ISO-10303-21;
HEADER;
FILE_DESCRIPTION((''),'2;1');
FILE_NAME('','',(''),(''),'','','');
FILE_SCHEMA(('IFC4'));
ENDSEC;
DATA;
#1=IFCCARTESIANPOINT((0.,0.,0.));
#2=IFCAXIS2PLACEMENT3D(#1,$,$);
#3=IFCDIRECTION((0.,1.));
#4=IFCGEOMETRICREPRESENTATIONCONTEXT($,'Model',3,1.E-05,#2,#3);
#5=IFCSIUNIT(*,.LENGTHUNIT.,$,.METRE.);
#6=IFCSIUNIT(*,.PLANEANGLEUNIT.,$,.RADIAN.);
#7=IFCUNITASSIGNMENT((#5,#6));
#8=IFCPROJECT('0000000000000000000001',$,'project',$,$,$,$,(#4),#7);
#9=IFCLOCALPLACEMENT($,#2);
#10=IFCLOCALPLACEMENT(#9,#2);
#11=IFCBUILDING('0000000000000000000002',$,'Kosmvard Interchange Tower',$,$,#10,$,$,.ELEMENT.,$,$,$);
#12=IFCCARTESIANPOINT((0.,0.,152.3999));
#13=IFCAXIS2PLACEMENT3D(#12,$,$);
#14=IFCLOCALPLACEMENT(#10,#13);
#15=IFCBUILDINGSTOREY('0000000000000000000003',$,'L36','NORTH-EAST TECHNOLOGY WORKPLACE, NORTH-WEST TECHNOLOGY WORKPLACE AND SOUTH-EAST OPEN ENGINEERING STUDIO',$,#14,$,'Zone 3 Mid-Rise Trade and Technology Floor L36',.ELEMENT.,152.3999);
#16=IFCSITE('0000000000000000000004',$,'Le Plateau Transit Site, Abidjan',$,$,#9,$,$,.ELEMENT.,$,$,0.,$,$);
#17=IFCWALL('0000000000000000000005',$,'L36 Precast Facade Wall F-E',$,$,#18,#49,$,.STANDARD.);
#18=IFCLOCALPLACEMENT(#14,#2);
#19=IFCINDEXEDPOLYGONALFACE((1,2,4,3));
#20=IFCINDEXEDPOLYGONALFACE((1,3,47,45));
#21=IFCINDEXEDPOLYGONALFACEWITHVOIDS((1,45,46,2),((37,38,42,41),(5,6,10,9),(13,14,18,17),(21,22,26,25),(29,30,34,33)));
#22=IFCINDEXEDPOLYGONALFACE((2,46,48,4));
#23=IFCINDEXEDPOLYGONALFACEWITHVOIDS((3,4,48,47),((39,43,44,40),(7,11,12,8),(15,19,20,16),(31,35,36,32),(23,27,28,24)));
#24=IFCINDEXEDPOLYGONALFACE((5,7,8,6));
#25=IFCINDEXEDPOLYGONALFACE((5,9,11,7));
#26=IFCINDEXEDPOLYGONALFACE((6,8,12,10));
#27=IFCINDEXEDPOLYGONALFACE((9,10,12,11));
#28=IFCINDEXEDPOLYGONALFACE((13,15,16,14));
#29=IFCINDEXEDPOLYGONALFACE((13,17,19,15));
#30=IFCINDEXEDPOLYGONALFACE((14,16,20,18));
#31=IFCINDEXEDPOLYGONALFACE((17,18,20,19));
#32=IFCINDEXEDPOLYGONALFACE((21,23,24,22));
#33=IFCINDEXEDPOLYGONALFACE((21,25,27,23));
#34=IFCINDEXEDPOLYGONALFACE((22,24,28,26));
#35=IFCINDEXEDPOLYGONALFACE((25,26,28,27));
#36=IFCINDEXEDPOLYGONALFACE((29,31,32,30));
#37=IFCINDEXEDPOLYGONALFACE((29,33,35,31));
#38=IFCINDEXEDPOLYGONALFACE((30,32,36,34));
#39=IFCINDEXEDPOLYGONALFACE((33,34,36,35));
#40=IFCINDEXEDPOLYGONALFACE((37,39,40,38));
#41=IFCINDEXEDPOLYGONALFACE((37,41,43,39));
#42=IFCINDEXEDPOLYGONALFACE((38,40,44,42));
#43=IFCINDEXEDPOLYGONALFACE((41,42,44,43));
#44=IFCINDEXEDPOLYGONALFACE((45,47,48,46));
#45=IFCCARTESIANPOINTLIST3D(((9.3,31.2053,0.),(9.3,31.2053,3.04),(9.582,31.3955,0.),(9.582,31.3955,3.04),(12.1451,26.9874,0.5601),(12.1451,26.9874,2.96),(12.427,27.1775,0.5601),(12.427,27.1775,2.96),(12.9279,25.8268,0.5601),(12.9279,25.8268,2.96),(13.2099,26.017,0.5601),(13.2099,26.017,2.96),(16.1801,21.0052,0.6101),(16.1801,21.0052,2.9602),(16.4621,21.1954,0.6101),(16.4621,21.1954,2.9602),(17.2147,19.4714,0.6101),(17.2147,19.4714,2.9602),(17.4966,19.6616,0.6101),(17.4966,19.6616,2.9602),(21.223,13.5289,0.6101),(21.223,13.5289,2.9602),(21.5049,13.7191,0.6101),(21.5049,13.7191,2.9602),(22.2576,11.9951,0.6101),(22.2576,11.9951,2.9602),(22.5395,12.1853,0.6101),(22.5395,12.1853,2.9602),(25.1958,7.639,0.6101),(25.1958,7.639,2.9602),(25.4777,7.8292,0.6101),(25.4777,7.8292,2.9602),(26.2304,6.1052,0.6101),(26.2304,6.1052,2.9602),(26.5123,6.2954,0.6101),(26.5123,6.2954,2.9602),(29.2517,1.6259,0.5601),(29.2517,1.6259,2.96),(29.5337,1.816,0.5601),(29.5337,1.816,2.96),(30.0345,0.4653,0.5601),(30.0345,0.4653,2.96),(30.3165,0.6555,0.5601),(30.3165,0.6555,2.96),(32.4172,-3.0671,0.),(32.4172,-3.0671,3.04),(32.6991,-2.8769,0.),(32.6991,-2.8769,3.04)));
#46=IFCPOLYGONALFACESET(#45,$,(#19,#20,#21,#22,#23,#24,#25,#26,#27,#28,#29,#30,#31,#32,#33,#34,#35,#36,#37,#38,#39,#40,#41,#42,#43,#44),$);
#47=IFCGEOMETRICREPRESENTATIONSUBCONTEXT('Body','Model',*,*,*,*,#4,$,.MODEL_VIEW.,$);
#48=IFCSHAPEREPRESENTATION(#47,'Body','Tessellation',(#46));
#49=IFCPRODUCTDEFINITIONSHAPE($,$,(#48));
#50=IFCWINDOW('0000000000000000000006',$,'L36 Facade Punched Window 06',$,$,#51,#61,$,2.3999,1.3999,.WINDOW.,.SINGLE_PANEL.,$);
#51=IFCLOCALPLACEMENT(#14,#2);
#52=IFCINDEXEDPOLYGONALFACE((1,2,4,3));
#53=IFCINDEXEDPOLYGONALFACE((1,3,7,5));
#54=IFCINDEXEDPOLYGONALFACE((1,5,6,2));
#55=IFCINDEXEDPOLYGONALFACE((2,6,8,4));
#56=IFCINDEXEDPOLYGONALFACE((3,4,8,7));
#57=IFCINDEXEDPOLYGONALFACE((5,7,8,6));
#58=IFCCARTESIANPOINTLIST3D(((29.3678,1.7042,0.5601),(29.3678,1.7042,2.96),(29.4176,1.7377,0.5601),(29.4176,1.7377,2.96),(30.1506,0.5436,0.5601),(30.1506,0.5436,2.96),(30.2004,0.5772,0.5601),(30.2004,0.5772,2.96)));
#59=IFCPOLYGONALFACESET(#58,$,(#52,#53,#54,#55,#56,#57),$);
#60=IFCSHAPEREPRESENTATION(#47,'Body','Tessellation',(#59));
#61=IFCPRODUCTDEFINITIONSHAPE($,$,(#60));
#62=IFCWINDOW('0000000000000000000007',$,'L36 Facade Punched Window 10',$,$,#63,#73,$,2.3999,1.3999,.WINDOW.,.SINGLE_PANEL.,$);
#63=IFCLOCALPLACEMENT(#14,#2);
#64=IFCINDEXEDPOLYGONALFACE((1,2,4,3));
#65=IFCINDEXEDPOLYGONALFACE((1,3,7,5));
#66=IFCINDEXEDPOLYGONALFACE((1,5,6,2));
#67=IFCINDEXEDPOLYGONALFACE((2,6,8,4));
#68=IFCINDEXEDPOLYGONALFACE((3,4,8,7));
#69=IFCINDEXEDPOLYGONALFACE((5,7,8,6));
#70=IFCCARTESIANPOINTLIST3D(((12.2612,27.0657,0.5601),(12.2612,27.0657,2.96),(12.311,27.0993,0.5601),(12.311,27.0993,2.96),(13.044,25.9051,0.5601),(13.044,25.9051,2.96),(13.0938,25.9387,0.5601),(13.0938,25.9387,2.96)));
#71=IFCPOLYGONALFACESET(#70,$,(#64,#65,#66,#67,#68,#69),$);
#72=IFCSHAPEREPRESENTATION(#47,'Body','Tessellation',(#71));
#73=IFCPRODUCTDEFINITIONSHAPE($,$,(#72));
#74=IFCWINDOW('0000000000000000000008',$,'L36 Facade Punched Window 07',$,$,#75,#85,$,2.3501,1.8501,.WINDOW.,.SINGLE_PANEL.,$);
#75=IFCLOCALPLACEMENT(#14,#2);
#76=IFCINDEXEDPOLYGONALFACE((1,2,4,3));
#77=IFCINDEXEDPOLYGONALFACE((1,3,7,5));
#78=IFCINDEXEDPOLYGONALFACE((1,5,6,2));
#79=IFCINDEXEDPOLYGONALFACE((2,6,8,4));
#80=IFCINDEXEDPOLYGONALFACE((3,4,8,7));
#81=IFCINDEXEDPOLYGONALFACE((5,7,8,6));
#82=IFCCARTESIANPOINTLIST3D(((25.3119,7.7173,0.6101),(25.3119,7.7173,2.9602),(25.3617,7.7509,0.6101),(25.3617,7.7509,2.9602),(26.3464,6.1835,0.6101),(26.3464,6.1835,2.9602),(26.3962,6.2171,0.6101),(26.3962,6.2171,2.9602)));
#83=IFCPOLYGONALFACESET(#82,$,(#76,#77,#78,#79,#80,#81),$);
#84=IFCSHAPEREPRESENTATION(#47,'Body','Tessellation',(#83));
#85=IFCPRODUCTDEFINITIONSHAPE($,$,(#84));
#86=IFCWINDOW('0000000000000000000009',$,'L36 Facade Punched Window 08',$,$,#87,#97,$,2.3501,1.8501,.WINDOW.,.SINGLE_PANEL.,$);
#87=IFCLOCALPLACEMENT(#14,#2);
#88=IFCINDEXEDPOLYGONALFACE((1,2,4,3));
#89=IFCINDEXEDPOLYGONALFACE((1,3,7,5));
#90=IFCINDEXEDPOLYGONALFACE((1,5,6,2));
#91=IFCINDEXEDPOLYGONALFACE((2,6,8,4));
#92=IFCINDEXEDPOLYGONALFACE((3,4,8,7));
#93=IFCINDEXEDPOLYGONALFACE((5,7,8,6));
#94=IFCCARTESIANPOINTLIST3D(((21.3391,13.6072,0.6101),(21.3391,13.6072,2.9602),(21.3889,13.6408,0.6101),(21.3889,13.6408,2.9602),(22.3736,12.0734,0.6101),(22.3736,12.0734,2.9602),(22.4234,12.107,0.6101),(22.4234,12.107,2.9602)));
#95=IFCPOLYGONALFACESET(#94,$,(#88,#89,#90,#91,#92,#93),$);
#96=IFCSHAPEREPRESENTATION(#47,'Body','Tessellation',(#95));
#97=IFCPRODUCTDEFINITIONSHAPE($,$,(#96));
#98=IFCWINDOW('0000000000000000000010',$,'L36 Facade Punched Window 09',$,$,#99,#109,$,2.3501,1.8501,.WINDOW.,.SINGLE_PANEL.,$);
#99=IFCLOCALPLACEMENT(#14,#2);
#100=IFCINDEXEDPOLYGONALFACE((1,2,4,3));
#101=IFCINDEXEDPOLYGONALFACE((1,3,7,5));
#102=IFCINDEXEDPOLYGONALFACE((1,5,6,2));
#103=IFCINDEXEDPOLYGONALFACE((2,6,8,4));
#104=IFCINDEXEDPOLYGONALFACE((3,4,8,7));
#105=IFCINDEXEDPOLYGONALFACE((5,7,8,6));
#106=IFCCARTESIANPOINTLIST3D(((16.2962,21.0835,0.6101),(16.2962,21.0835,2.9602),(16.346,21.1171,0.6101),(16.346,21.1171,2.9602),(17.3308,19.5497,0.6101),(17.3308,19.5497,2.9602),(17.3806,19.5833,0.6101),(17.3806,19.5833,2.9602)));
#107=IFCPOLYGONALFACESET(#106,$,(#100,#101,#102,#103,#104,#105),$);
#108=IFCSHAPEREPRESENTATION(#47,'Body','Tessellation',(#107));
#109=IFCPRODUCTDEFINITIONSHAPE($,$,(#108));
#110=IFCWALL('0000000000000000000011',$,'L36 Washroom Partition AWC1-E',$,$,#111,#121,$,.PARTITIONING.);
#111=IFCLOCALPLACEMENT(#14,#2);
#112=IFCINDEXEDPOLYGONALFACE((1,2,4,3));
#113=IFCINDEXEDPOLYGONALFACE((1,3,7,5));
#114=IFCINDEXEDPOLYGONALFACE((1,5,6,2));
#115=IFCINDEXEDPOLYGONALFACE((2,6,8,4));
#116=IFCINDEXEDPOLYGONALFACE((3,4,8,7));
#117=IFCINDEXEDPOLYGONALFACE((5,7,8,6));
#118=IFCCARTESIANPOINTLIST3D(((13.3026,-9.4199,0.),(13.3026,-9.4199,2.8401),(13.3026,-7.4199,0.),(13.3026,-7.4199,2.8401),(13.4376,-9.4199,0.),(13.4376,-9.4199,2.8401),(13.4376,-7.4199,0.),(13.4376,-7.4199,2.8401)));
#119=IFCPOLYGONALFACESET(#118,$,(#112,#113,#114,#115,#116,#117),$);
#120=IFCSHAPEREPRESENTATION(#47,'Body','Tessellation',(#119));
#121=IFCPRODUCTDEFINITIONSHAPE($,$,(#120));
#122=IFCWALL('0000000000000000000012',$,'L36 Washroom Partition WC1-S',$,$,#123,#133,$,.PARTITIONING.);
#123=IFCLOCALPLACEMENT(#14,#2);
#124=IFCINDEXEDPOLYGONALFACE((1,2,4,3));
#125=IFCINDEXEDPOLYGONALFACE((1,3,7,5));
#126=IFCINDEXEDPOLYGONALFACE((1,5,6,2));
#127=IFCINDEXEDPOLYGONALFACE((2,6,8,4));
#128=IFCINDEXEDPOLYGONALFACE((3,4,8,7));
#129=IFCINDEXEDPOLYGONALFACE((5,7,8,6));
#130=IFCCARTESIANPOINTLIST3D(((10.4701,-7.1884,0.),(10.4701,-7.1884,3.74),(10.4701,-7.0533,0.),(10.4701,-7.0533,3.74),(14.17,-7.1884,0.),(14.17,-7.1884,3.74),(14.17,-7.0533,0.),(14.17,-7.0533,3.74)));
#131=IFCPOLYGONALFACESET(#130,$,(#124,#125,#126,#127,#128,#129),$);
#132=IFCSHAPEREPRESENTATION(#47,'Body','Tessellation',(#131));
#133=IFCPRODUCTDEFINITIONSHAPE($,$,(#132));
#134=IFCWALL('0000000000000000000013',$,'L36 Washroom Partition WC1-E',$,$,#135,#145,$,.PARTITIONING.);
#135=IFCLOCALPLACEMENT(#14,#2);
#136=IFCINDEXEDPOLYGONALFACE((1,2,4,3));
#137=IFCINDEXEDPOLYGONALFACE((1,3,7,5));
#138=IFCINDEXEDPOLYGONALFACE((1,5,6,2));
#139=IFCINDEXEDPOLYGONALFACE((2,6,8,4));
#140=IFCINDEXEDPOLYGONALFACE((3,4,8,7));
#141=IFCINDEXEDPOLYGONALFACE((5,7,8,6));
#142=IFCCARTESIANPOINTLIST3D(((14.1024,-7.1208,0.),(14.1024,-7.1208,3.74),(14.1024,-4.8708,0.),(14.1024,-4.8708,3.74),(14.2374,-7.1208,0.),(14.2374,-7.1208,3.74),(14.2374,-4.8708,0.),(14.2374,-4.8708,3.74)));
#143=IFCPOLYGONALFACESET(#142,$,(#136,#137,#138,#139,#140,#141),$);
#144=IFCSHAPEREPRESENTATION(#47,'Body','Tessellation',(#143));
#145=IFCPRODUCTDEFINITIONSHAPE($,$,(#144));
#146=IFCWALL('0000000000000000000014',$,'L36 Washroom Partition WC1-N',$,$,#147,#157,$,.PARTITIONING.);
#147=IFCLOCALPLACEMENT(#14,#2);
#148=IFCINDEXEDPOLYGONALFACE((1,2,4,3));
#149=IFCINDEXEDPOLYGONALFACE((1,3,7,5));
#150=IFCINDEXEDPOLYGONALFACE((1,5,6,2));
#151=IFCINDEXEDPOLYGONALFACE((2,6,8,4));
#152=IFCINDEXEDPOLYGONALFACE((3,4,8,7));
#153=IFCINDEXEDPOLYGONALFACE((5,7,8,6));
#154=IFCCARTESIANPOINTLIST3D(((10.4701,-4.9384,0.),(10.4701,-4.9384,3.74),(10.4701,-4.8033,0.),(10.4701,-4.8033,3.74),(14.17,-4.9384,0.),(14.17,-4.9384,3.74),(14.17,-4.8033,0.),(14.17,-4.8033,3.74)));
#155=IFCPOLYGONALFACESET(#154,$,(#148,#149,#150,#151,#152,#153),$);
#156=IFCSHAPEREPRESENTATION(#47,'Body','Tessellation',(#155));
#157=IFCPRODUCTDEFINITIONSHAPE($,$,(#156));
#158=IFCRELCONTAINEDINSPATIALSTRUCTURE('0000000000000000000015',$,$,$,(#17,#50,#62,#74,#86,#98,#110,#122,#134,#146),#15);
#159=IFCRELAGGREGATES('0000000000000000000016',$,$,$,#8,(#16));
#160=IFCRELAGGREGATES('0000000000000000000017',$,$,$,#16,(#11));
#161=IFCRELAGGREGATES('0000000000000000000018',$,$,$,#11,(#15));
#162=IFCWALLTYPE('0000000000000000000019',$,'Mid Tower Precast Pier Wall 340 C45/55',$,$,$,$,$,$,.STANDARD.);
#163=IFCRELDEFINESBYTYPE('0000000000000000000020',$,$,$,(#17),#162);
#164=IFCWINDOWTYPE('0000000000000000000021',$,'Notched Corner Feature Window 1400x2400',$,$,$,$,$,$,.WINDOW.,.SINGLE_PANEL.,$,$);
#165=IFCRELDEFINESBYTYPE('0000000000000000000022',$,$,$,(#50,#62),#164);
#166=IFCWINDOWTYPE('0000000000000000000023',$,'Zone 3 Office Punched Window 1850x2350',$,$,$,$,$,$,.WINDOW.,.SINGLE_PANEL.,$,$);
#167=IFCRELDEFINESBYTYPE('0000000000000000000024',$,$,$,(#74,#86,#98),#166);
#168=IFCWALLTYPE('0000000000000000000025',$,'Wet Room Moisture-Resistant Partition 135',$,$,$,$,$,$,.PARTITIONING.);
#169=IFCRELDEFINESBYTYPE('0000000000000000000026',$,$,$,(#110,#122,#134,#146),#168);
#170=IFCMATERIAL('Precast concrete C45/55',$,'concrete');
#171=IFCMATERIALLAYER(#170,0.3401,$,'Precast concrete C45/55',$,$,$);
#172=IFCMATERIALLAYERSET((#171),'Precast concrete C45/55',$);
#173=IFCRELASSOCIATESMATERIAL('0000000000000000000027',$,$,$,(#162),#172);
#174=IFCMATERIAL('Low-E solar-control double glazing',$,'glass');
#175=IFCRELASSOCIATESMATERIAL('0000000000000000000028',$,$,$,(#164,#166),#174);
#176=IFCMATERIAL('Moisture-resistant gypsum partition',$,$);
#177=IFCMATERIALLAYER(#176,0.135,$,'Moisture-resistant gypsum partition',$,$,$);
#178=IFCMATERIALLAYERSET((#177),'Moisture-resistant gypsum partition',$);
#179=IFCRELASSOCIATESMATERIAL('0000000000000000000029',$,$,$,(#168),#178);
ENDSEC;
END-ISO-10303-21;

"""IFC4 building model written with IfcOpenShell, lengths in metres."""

from ifc_helpers import new_model, si_unit, direction, frame, frame_2d, origin, place, context, subcontext, project, spatial, rectangle, extrude, source, transform, mapped, material, layer, layer_set, type_object, element, fill, save


model = new_model("IFC4")

# Units and contexts
model_context = context("Model", 3, precision=1e-05, world=origin(), true_north=direction((0.0, 1.0)))
body_context = subcontext(model_context, "Body", "Model", "MODEL_VIEW")
ifc_project = project(units=[si_unit("LENGTHUNIT", "METRE"), si_unit("PLANEANGLEUNIT", "RADIAN")], contexts=[model_context])

# Site, building, storey
site_placement = place(None, origin())
site = spatial("IfcSite", under=ifc_project, at=site_placement, Name="Le Plateau Transit Site, Abidjan", CompositionType="ELEMENT", RefElevation=0.0)
building_placement = place(site_placement, origin())
building = spatial("IfcBuilding", under=site, at=building_placement, Name="Kosmvard Interchange Tower", CompositionType="ELEMENT")
storey_placement = place(building_placement, frame((0.0, 0.0, 152.3999)))
storey = spatial("IfcBuildingStorey", under=building, at=storey_placement, Name="L36", Description="NORTH-EAST TECHNOLOGY WORKPLACE, NORTH-WEST TECHNOLOGY WORKPLACE AND SOUTH-EAST OPEN ENGINEERING STUDIO", LongName="Zone 3 Mid-Rise Trade and Technology Floor L36", CompositionType="ELEMENT", Elevation=152.3999)

# Shared definitions
ifc_material_1 = material(Name="Precast concrete C45/55", Category="concrete")

# Shared definitions
ifc_layer_1 = layer(ifc_material_1, 0.3401, Name="Precast concrete C45/55")
ifc_layer_set_1 = layer_set([ifc_layer_1], Name="Precast concrete C45/55")
wall_type_1 = type_object("IfcWallType", Name="Mid Tower Precast Pier Wall 340 C45/55", PredefinedType="STANDARD", material=ifc_layer_set_1)

# Shared definitions
ifc_material_2 = material(Name="Low-E solar-control double glazing", Category="glass")
window_type_1 = type_object("IfcWindowType", Name="Notched Corner Feature Window 1400x2400", PartitioningType="SINGLE_PANEL", PredefinedType="WINDOW", material=ifc_material_2)
shared_shape_1 = source(origin(), body_context, "Body", "SweptSolid", [
    extrude(rectangle(XDim=1.3999, YDim=2.3999, at=frame_2d((0.7, 1.2))), frame((0.0, 0.03, 0.0), z_axis=(0.0, -1.0, 0.0), x_axis=(1.0, 0.0, 0.0)), (0.0, 0.0, 1.0), 0.0601),
])

# Wall, openings, windows
wall_1_placement = place(storey_placement, frame((32.5581, -2.9719, 0.0), z_axis=(0.0, 0.0, 1.0), x_axis=(-0.559195, 0.829036, 0.0)))
wall_1 = element("IfcWall", 1, at=wall_1_placement, inside=storey, type_object=wall_type_1, Name="L36 Precast Facade Wall F-E", PredefinedType="STANDARD", context=body_context, shape_type="SweptSolid", body=[
    extrude(rectangle(XDim=41.3401, YDim=0.3401, at=frame_2d((20.6699, 0.0))), origin(), (0.0, 0.0, 1.0), 3.04),
])
opening_1_placement = place(wall_1_placement, frame((4.2607, 0.0, 0.5601)))
opening_1 = element("IfcOpeningElement", 2, at=opening_1_placement, cuts=wall_1, PredefinedType="OPENING", context=body_context, shape_type="SweptSolid", body=[
    extrude(rectangle(XDim=1.3999, YDim=2.3999, at=frame_2d((0.7, 1.2))), frame((0.0, 0.1802, 0.0), z_axis=(0.0, -1.0, 0.0), x_axis=(1.0, 0.0, 0.0)), (0.0, 0.0, 1.0), 0.3601),
])
opening_2_placement = place(wall_1_placement, frame((11.0637, 0.0, 0.6101)))
opening_2 = element("IfcOpeningElement", 3, at=opening_2_placement, cuts=wall_1, PredefinedType="OPENING", context=body_context, shape_type="SweptSolid", body=[
    extrude(rectangle(XDim=1.8501, YDim=2.3501, at=frame_2d((0.925, 1.175))), frame((0.0, 0.1802, 0.0), z_axis=(0.0, -1.0, 0.0), x_axis=(1.0, 0.0, 0.0)), (0.0, 0.0, 1.0), 0.3601),
])
opening_3_placement = place(wall_1_placement, frame((18.1682, 0.0, 0.6101)))
opening_3 = element("IfcOpeningElement", 4, at=opening_3_placement, cuts=wall_1, PredefinedType="OPENING", context=body_context, shape_type="SweptSolid", body=[
    extrude(rectangle(XDim=1.8501, YDim=2.3501, at=frame_2d((0.925, 1.175))), frame((0.0, 0.1802, 0.0), z_axis=(0.0, -1.0, 0.0), x_axis=(1.0, 0.0, 0.0)), (0.0, 0.0, 1.0), 0.3601),
])
opening_4_placement = place(wall_1_placement, frame((27.1863, 0.0, 0.6101)))
opening_4 = element("IfcOpeningElement", 5, at=opening_4_placement, cuts=wall_1, PredefinedType="OPENING", context=body_context, shape_type="SweptSolid", body=[
    extrude(rectangle(XDim=1.8501, YDim=2.3501, at=frame_2d((0.925, 1.175))), frame((0.0, 0.1802, 0.0), z_axis=(0.0, -1.0, 0.0), x_axis=(1.0, 0.0, 0.0)), (0.0, 0.0, 1.0), 0.3601),
])
opening_5_placement = place(wall_1_placement, frame((34.8523, 0.0, 0.5601)))
opening_5 = element("IfcOpeningElement", 6, at=opening_5_placement, cuts=wall_1, PredefinedType="OPENING", context=body_context, shape_type="SweptSolid", body=[
    extrude(rectangle(XDim=1.3999, YDim=2.3999, at=frame_2d((0.7, 1.2))), frame((0.0, 0.1802, 0.0), z_axis=(0.0, -1.0, 0.0), x_axis=(1.0, 0.0, 0.0)), (0.0, 0.0, 1.0), 0.3601),
])
window_1_placement = place(opening_1_placement, origin())
window_1 = element("IfcWindow", 7, at=window_1_placement, inside=storey, type_object=window_type_1, Name="L36 Facade Punched Window 06", OverallHeight=2.3999, OverallWidth=1.3999, PartitioningType="SINGLE_PANEL", PredefinedType="WINDOW", context=body_context, shape_type="MappedRepresentation", body=[
    mapped(shared_shape_1, transform((0.0, 0.0, 0.0), scale=1.0)),
])
fill(opening_1, window_1)
window_2_placement = place(opening_5_placement, origin())
window_2 = element("IfcWindow", 8, at=window_2_placement, inside=storey, type_object=window_type_1, Name="L36 Facade Punched Window 10", OverallHeight=2.3999, OverallWidth=1.3999, PartitioningType="SINGLE_PANEL", PredefinedType="WINDOW", context=body_context, shape_type="MappedRepresentation", body=[
    mapped(shared_shape_1, transform((0.0, 0.0, 0.0), scale=1.0)),
])
fill(opening_5, window_2)
window_type_2 = type_object("IfcWindowType", Name="Zone 3 Office Punched Window 1850x2350", PartitioningType="SINGLE_PANEL", PredefinedType="WINDOW", material=ifc_material_2)
shared_shape_2 = source(origin(), body_context, "Body", "SweptSolid", [
    extrude(rectangle(XDim=1.8501, YDim=2.3501, at=frame_2d((0.925, 1.175))), frame((0.0, 0.03, 0.0), z_axis=(0.0, -1.0, 0.0), x_axis=(1.0, 0.0, 0.0)), (0.0, 0.0, 1.0), 0.0601),
])
window_3_placement = place(opening_2_placement, origin())
window_3 = element("IfcWindow", 9, at=window_3_placement, inside=storey, type_object=window_type_2, Name="L36 Facade Punched Window 07", OverallHeight=2.3501, OverallWidth=1.8501, PartitioningType="SINGLE_PANEL", PredefinedType="WINDOW", context=body_context, shape_type="MappedRepresentation", body=[
    mapped(shared_shape_2, transform((0.0, 0.0, 0.0), scale=1.0)),
])
fill(opening_2, window_3)
window_4_placement = place(opening_3_placement, origin())
window_4 = element("IfcWindow", 10, at=window_4_placement, inside=storey, type_object=window_type_2, Name="L36 Facade Punched Window 08", OverallHeight=2.3501, OverallWidth=1.8501, PartitioningType="SINGLE_PANEL", PredefinedType="WINDOW", context=body_context, shape_type="MappedRepresentation", body=[
    mapped(shared_shape_2, transform((0.0, 0.0, 0.0), scale=1.0)),
])
fill(opening_3, window_4)
window_5_placement = place(opening_4_placement, origin())
window_5 = element("IfcWindow", 11, at=window_5_placement, inside=storey, type_object=window_type_2, Name="L36 Facade Punched Window 09", OverallHeight=2.3501, OverallWidth=1.8501, PartitioningType="SINGLE_PANEL", PredefinedType="WINDOW", context=body_context, shape_type="MappedRepresentation", body=[
    mapped(shared_shape_2, transform((0.0, 0.0, 0.0), scale=1.0)),
])
fill(opening_4, window_5)

# Walls
ifc_material_3 = material(Name="Moisture-resistant gypsum partition")
ifc_layer_2 = layer(ifc_material_3, 0.135, Name="Moisture-resistant gypsum partition")
ifc_layer_set_2 = layer_set([ifc_layer_2], Name="Moisture-resistant gypsum partition")
wall_type_2 = type_object("IfcWallType", Name="Wet Room Moisture-Resistant Partition 135", PredefinedType="PARTITIONING", material=ifc_layer_set_2)
wall_2_placement = place(storey_placement, frame((13.3701, -9.4199, 0.0), z_axis=(0.0, 0.0, 1.0), x_axis=(0.0, 1.0, 0.0)))
element("IfcWall", 12, at=wall_2_placement, inside=storey, type_object=wall_type_2, Name="L36 Washroom Partition AWC1-E", PredefinedType="PARTITIONING", context=body_context, shape_type="SweptSolid", body=[
    extrude(rectangle(XDim=2.0, YDim=0.135, at=frame_2d((1.0, 0.0))), origin(), (0.0, 0.0, 1.0), 2.8401),
])
wall_3_placement = place(storey_placement, frame((10.47, -7.1208, 0.0), z_axis=(0.0, 0.0, 1.0), x_axis=(1.0, 0.0, 0.0)))
element("IfcWall", 13, at=wall_3_placement, inside=storey, type_object=wall_type_2, Name="L36 Washroom Partition WC1-S", PredefinedType="PARTITIONING", context=body_context, shape_type="SweptSolid", body=[
    extrude(rectangle(XDim=3.7, YDim=0.135, at=frame_2d((1.8501, 0.0))), origin(), (0.0, 0.0, 1.0), 3.74),
])
wall_4_placement = place(storey_placement, frame((14.1699, -7.1208, 0.0), z_axis=(0.0, 0.0, 1.0), x_axis=(0.0, 1.0, 0.0)))
element("IfcWall", 14, at=wall_4_placement, inside=storey, type_object=wall_type_2, Name="L36 Washroom Partition WC1-E", PredefinedType="PARTITIONING", context=body_context, shape_type="SweptSolid", body=[
    extrude(rectangle(XDim=2.25, YDim=0.135, at=frame_2d((1.125, 0.0))), origin(), (0.0, 0.0, 1.0), 3.74),
])
wall_5_placement = place(storey_placement, frame((10.47, -4.8708, 0.0), z_axis=(0.0, 0.0, 1.0), x_axis=(1.0, 0.0, 0.0)))
element("IfcWall", 15, at=wall_5_placement, inside=storey, type_object=wall_type_2, Name="L36 Washroom Partition WC1-N", PredefinedType="PARTITIONING", context=body_context, shape_type="SweptSolid", body=[
    extrude(rectangle(XDim=3.7, YDim=0.135, at=frame_2d((1.8501, 0.0))), origin(), (0.0, 0.0, 1.0), 3.74),
])

save(model, "model.ifc")
